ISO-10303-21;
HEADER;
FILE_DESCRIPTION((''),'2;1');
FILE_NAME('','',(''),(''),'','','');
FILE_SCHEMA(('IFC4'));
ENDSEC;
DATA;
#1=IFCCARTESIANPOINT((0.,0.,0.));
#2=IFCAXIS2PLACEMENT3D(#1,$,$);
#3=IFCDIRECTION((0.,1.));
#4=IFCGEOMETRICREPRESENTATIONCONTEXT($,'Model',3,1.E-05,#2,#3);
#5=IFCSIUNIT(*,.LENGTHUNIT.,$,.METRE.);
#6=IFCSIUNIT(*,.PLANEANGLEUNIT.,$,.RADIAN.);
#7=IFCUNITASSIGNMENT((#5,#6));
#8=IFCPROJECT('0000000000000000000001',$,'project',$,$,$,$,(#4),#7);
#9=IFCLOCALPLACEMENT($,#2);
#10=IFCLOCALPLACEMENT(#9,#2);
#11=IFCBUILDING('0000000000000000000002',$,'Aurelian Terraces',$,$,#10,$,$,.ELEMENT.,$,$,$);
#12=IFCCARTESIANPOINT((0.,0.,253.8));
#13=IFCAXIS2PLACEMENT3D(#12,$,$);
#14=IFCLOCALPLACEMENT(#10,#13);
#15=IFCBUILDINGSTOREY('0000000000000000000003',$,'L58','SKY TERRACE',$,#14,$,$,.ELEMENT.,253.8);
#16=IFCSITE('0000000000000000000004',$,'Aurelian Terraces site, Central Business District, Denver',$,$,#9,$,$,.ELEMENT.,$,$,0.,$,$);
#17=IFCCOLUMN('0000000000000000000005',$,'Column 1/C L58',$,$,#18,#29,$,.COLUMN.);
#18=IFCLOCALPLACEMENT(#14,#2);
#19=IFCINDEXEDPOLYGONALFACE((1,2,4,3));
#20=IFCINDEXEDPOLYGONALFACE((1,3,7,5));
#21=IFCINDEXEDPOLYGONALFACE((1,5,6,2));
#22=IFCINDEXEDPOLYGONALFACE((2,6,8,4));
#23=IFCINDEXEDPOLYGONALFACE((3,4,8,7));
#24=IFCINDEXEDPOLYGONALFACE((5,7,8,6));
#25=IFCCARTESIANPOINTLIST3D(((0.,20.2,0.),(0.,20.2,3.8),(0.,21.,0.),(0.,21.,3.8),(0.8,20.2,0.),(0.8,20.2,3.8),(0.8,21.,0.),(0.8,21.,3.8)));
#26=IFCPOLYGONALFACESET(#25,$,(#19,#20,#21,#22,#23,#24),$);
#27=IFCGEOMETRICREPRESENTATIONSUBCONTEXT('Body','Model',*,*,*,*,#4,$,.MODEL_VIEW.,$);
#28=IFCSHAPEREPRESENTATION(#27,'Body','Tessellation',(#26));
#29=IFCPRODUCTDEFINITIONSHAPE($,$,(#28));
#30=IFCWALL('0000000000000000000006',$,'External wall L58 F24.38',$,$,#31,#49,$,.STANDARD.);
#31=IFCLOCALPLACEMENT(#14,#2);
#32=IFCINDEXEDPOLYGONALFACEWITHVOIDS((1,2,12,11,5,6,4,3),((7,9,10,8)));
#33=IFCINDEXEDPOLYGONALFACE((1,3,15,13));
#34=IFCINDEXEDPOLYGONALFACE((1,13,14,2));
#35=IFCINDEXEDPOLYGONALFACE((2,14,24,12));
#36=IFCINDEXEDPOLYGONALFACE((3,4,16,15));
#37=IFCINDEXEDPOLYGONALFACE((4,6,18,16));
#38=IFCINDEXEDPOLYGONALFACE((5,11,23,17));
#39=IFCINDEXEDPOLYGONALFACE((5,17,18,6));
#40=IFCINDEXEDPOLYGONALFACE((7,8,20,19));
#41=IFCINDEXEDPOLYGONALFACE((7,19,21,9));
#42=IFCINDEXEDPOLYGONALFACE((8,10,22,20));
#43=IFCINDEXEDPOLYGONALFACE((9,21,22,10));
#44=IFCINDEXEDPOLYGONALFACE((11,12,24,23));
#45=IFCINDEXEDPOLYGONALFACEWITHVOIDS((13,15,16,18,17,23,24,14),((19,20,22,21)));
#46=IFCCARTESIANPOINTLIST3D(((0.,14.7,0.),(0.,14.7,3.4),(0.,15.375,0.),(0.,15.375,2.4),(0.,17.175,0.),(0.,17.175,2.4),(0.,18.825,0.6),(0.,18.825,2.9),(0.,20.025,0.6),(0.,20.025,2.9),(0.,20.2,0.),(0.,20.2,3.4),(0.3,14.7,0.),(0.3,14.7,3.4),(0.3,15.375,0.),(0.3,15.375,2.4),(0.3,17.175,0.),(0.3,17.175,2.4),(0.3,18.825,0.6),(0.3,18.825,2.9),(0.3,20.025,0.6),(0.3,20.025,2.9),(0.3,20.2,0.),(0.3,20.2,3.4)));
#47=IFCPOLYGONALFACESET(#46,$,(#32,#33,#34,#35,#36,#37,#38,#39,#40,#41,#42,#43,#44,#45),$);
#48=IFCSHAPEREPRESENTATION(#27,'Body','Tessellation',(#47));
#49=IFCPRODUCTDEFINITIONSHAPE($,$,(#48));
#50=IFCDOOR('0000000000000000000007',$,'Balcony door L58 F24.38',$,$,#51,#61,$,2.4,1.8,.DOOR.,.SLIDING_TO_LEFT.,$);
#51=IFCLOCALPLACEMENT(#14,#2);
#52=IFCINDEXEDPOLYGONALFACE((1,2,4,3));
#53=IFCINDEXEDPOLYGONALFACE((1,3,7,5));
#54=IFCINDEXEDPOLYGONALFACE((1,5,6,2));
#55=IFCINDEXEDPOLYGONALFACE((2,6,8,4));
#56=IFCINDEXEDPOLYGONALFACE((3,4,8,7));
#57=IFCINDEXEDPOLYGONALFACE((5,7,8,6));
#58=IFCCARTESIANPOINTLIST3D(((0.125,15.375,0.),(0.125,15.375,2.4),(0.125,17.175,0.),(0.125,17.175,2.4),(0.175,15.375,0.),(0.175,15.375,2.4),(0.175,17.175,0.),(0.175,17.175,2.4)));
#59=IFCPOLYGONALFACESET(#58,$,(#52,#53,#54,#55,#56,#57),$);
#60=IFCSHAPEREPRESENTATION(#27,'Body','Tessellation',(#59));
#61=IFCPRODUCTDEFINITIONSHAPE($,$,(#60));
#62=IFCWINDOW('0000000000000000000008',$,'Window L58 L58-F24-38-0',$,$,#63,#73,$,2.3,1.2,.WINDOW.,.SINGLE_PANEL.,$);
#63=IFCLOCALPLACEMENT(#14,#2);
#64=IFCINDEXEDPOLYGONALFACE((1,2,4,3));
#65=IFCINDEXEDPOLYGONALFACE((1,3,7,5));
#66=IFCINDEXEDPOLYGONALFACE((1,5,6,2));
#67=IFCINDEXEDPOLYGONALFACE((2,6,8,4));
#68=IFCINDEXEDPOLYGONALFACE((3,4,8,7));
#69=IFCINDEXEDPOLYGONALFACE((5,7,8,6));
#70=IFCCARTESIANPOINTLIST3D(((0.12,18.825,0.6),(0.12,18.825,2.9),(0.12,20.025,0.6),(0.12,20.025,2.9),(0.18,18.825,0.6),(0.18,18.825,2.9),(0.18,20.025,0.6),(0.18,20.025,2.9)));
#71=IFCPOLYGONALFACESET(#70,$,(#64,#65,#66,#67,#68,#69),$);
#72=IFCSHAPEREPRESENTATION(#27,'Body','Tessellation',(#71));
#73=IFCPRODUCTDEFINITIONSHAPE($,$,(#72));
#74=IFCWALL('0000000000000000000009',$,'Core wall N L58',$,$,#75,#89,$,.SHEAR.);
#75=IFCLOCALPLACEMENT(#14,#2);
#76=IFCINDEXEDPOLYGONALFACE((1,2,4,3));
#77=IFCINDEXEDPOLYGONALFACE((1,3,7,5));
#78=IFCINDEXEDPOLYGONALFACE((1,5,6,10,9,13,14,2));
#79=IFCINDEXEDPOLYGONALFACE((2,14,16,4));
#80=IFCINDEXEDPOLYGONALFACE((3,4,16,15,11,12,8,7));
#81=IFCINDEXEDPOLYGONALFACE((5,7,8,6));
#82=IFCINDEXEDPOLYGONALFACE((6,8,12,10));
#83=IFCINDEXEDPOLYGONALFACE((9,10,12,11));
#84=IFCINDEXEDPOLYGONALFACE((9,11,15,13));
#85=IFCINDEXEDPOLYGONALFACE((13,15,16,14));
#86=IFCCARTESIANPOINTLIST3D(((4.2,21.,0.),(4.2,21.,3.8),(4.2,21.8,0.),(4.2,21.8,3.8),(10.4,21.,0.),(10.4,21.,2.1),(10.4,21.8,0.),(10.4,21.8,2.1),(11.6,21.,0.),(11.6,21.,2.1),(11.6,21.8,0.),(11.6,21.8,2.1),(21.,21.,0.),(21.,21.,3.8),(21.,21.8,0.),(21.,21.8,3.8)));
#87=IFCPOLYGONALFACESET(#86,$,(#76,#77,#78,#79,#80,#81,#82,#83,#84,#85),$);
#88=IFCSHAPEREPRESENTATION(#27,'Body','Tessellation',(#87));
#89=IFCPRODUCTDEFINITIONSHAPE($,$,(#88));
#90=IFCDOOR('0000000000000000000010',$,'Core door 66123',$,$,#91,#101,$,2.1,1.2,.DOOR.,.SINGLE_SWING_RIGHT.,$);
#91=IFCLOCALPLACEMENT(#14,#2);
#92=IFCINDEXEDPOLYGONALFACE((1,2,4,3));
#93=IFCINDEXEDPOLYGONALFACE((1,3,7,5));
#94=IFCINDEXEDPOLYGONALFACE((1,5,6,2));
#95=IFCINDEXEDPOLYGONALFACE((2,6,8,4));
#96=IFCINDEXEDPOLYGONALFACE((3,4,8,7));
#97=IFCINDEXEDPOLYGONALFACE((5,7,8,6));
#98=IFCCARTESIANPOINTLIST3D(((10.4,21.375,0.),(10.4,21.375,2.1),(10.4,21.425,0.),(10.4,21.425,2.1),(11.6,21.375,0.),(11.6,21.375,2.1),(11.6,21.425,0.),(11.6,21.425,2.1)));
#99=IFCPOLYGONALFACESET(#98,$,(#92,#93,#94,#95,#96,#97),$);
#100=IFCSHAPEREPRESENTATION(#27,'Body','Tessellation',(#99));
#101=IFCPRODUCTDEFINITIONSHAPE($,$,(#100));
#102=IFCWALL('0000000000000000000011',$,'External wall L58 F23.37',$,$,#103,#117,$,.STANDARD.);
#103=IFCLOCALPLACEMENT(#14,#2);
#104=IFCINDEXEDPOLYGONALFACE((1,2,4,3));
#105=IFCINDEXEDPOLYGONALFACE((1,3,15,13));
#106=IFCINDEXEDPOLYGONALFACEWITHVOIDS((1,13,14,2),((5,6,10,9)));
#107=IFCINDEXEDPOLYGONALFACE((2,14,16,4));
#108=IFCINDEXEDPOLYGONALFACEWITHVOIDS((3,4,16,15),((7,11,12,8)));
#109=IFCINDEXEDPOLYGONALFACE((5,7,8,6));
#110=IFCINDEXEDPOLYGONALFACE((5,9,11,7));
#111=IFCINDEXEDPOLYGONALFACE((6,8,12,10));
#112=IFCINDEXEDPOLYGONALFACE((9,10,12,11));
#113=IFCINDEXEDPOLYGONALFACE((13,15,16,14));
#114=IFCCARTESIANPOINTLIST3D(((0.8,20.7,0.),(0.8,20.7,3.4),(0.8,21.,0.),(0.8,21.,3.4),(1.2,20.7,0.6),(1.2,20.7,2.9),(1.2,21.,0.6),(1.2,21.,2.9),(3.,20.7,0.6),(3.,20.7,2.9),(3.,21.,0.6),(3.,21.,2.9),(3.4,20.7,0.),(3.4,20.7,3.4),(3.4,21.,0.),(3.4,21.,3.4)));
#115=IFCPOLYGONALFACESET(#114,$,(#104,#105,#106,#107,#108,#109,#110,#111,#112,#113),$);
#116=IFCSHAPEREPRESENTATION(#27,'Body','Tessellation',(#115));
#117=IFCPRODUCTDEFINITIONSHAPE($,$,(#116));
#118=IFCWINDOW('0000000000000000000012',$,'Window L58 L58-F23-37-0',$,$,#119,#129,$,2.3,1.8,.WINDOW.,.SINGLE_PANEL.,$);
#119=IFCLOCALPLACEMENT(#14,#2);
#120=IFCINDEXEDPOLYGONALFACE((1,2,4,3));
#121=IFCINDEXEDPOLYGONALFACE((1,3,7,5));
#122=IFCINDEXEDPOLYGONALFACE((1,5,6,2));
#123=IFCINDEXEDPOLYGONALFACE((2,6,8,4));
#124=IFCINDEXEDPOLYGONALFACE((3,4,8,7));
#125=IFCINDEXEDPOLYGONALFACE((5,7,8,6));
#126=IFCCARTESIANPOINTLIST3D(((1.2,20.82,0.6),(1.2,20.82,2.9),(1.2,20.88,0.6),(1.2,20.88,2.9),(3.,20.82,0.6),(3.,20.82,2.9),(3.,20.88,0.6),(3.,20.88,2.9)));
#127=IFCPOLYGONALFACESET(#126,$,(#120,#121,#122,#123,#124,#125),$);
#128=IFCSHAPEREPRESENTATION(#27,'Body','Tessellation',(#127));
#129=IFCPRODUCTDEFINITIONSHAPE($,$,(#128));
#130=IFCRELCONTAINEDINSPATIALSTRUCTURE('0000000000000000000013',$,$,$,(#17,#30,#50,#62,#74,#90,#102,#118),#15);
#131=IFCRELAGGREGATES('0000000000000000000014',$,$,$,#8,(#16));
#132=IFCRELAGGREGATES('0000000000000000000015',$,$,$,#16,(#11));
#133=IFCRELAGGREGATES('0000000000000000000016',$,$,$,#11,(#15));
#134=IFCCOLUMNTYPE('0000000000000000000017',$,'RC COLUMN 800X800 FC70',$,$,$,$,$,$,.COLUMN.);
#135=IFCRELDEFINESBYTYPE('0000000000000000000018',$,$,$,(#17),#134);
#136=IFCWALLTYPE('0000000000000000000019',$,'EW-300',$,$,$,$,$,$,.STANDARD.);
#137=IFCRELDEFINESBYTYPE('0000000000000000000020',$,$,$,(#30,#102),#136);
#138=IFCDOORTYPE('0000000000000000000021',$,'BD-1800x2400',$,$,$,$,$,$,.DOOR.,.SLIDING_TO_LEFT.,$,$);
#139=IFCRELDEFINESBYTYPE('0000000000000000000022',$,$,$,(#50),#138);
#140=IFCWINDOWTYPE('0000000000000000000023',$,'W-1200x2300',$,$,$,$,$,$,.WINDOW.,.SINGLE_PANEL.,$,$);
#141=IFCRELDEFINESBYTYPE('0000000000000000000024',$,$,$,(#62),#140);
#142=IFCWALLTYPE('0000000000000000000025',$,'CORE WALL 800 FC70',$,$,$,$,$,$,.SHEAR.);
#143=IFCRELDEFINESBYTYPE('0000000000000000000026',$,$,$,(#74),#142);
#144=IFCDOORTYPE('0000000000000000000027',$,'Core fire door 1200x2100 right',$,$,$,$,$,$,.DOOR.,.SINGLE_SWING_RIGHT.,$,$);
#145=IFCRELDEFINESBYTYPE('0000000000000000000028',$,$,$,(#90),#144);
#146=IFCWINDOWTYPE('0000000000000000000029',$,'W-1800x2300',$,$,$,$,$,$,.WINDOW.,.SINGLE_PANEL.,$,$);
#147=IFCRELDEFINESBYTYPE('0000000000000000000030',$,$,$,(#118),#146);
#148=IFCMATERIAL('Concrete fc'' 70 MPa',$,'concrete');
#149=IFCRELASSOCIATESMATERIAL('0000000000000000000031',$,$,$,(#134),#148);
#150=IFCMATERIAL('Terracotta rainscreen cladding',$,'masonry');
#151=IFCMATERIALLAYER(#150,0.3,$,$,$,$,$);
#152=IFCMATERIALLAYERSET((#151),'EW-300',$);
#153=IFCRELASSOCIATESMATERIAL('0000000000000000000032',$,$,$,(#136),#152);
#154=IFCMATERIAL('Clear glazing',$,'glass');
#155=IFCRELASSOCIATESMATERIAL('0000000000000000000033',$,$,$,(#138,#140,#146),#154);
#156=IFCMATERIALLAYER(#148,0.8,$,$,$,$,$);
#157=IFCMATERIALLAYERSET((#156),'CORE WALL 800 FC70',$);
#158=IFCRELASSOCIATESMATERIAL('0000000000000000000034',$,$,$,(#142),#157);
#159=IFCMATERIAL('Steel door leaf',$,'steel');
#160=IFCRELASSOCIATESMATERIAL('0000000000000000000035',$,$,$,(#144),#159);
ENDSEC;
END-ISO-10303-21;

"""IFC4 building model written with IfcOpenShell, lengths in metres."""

from ifc_helpers import new_model, si_unit, direction, frame, frame_2d, origin, origin_2d, place, context, subcontext, project, spatial, rectangle, extrude, source, transform, mapped, material, layer, layer_set, material_profile, profile_set, type_object, element, fill, save


model = new_model("IFC4")

# Units and contexts
model_context = context("Model", 3, precision=1e-05, world=origin(), true_north=direction((0.0, 1.0)))
body_context = subcontext(model_context, "Body", "Model", "MODEL_VIEW")
ifc_project = project(units=[si_unit("LENGTHUNIT", "METRE"), si_unit("PLANEANGLEUNIT", "RADIAN")], contexts=[model_context])

# Site, building, storey
site_placement = place(None, origin())
site = spatial("IfcSite", under=ifc_project, at=site_placement, Name="Aurelian Terraces site, Central Business District, Denver", CompositionType="ELEMENT", RefElevation=0.0)
building_placement = place(site_placement, origin())
building = spatial("IfcBuilding", under=site, at=building_placement, Name="Aurelian Terraces", CompositionType="ELEMENT")
storey_placement = place(building_placement, frame((0.0, 0.0, 253.8)))
storey = spatial("IfcBuildingStorey", under=building, at=storey_placement, Name="L58", Description="SKY TERRACE", CompositionType="ELEMENT", Elevation=253.8)

# Column
ifc_material_1 = material(Name="Concrete fc' 70 MPa", Category="concrete")
ifc_material_profile = material_profile(ifc_material_1, rectangle(XDim=0.8, YDim=0.8, at=origin_2d()))
ifc_profile_set = profile_set([ifc_material_profile], Name="Concrete fc' 70 MPa")
column_type = type_object("IfcColumnType", Name="RC COLUMN 800X800 FC70", PredefinedType="COLUMN", material=ifc_profile_set)
shared_shape_1 = source(origin(), body_context, "Body", "SweptSolid", [
    extrude(rectangle(XDim=0.8, YDim=0.8, at=origin_2d()), origin(), (0.0, 0.0, 1.0), 3.8),
])
column_placement = place(storey_placement, frame((0.4, 20.6, 0.0), z_axis=(0.0, 0.0, 1.0), x_axis=(1.0, 0.0, 0.0)))
element("IfcColumn", 1, at=column_placement, inside=storey, type_object=column_type, Name="Column 1/C L58", PredefinedType="COLUMN", context=body_context, shape_type="MappedRepresentation", body=[
    mapped(shared_shape_1, transform((0.0, 0.0, 0.0), scale=1.0)),
])

# Wall, openings, door, window
ifc_material_2 = material(Name="Terracotta rainscreen cladding", Category="masonry")
ifc_layer_1 = layer(ifc_material_2, 0.3)
ifc_layer_set_1 = layer_set([ifc_layer_1], Name="EW-300")
wall_type_1 = type_object("IfcWallType", Name="EW-300", PredefinedType="STANDARD", material=ifc_layer_set_1)
wall_1_placement = place(storey_placement, frame((0.15, 20.2, 0.0), z_axis=(0.0, 0.0, 1.0), x_axis=(0.0, -1.0, 0.0)))
wall_1 = element("IfcWall", 2, at=wall_1_placement, inside=storey, type_object=wall_type_1, Name="External wall L58 F24.38", PredefinedType="STANDARD", context=body_context, shape_type="SweptSolid", body=[
    extrude(rectangle(XDim=5.5, YDim=0.3, at=frame_2d((2.75, 0.0))), origin(), (0.0, 0.0, 1.0), 3.4),
])
shared_shape_2 = source(origin(), body_context, "Body", "SweptSolid", [
    extrude(rectangle(XDim=1.8, YDim=2.4, at=frame_2d((0.9, 1.2))), frame((0.0, 0.16, 0.0), z_axis=(0.0, -1.0, 0.0), x_axis=(1.0, 0.0, 0.0)), (0.0, 0.0, 1.0), 0.32),
])
opening_1_placement = place(wall_1_placement, frame((3.025, 0.0, 0.0)))
opening_1 = element("IfcOpeningElement", 3, at=opening_1_placement, cuts=wall_1, PredefinedType="OPENING", context=body_context, shape_type="MappedRepresentation", body=[
    mapped(shared_shape_2, transform((0.0, 0.0, 0.0), scale=1.0)),
])
shared_shape_3 = source(origin(), body_context, "Body", "SweptSolid", [
    extrude(rectangle(XDim=1.2, YDim=2.3, at=frame_2d((0.6, 1.15))), frame((0.0, 0.16, 0.0), z_axis=(0.0, -1.0, 0.0), x_axis=(1.0, 0.0, 0.0)), (0.0, 0.0, 1.0), 0.32),
])
opening_2_placement = place(wall_1_placement, frame((0.175, 0.0, 0.6)))
opening_2 = element("IfcOpeningElement", 4, at=opening_2_placement, cuts=wall_1, PredefinedType="OPENING", context=body_context, shape_type="MappedRepresentation", body=[
    mapped(shared_shape_3, transform((0.0, 0.0, 0.0), scale=1.0)),
])
ifc_material_3 = material(Name="Clear glazing", Category="glass")
door_type_1 = type_object("IfcDoorType", Name="BD-1800x2400", OperationType="SLIDING_TO_LEFT", PredefinedType="DOOR", material=ifc_material_3)
shared_shape_4 = source(origin(), body_context, "Body", "SweptSolid", [
    extrude(rectangle(XDim=1.8, YDim=2.4, at=frame_2d((0.9, 1.2))), frame((0.0, 0.025, 0.0), z_axis=(0.0, -1.0, 0.0), x_axis=(1.0, 0.0, 0.0)), (0.0, 0.0, 1.0), 0.05),
])
door_1_placement = place(opening_1_placement, origin())
door_1 = element("IfcDoor", 5, at=door_1_placement, inside=storey, type_object=door_type_1, Name="Balcony door L58 F24.38", OperationType="SLIDING_TO_LEFT", OverallHeight=2.4, OverallWidth=1.8, PredefinedType="DOOR", context=body_context, shape_type="MappedRepresentation", body=[
    mapped(shared_shape_4, transform((0.0, 0.0, 0.0), scale=1.0)),
])
fill(opening_1, door_1)
window_type_1 = type_object("IfcWindowType", Name="W-1200x2300", PartitioningType="SINGLE_PANEL", PredefinedType="WINDOW", material=ifc_material_3)
shared_shape_5 = source(origin(), body_context, "Body", "SweptSolid", [
    extrude(rectangle(XDim=1.2, YDim=2.3, at=frame_2d((0.6, 1.15))), frame((0.0, 0.03, 0.0), z_axis=(0.0, -1.0, 0.0), x_axis=(1.0, 0.0, 0.0)), (0.0, 0.0, 1.0), 0.06),
])
window_1_placement = place(opening_2_placement, origin())
window_1 = element("IfcWindow", 6, at=window_1_placement, inside=storey, type_object=window_type_1, Name="Window L58 L58-F24-38-0", OverallHeight=2.3, OverallWidth=1.2, PartitioningType="SINGLE_PANEL", PredefinedType="WINDOW", context=body_context, shape_type="MappedRepresentation", body=[
    mapped(shared_shape_5, transform((0.0, 0.0, 0.0), scale=1.0)),
])
fill(opening_2, window_1)

# Wall, opening, door
ifc_layer_2 = layer(ifc_material_1, 0.8)
ifc_layer_set_2 = layer_set([ifc_layer_2], Name="CORE WALL 800 FC70")
wall_type_2 = type_object("IfcWallType", Name="CORE WALL 800 FC70", PredefinedType="SHEAR", material=ifc_layer_set_2)
shared_shape_6 = source(origin(), body_context, "Body", "SweptSolid", [
    extrude(rectangle(XDim=16.8, YDim=0.8, at=frame_2d((8.4, 0.0))), origin(), (0.0, 0.0, 1.0), 3.8),
])
wall_2_placement = place(storey_placement, frame((4.2, 21.4, 0.0), z_axis=(0.0, 0.0, 1.0), x_axis=(1.0, 0.0, 0.0)))
wall_2 = element("IfcWall", 7, at=wall_2_placement, inside=storey, type_object=wall_type_2, Name="Core wall N L58", PredefinedType="SHEAR", context=body_context, shape_type="MappedRepresentation", body=[
    mapped(shared_shape_6, transform((0.0, 0.0, 0.0), scale=1.0)),
])
shared_shape_7 = source(origin(), body_context, "Body", "SweptSolid", [
    extrude(rectangle(XDim=1.2, YDim=2.1, at=frame_2d((0.6, 1.05))), frame((0.0, 0.41, 0.0), z_axis=(0.0, -1.0, 0.0), x_axis=(1.0, 0.0, 0.0)), (0.0, 0.0, 1.0), 0.82),
])
opening_3_placement = place(wall_2_placement, frame((6.2, 0.0, 0.0)))
opening_3 = element("IfcOpeningElement", 8, at=opening_3_placement, cuts=wall_2, PredefinedType="OPENING", context=body_context, shape_type="MappedRepresentation", body=[
    mapped(shared_shape_7, transform((0.0, 0.0, 0.0), scale=1.0)),
])
ifc_material_4 = material(Name="Steel door leaf", Category="steel")
door_type_2 = type_object("IfcDoorType", Name="Core fire door 1200x2100 right", OperationType="SINGLE_SWING_RIGHT", PredefinedType="DOOR", material=ifc_material_4)
shared_shape_8 = source(origin(), body_context, "Body", "SweptSolid", [
    extrude(rectangle(XDim=1.2, YDim=2.1, at=frame_2d((0.6, 1.05))), frame((0.0, 0.025, 0.0), z_axis=(0.0, -1.0, 0.0), x_axis=(1.0, 0.0, 0.0)), (0.0, 0.0, 1.0), 0.05),
])
door_2_placement = place(opening_3_placement, origin())
door_2 = element("IfcDoor", 9, at=door_2_placement, inside=storey, type_object=door_type_2, Name="Core door 66123", OperationType="SINGLE_SWING_RIGHT", OverallHeight=2.1, OverallWidth=1.2, PredefinedType="DOOR", context=body_context, shape_type="MappedRepresentation", body=[
    mapped(shared_shape_8, transform((0.0, 0.0, 0.0), scale=1.0)),
])
fill(opening_3, door_2)

# Wall, opening, window
shared_shape_9 = source(origin(), body_context, "Body", "SweptSolid", [
    extrude(rectangle(XDim=2.6, YDim=0.3, at=frame_2d((1.3, 0.0))), origin(), (0.0, 0.0, 1.0), 3.4),
])
wall_3_placement = place(storey_placement, frame((3.4, 20.85, 0.0), z_axis=(0.0, 0.0, 1.0), x_axis=(-1.0, 0.0, 0.0)))
wall_3 = element("IfcWall", 10, at=wall_3_placement, inside=storey, type_object=wall_type_1, Name="External wall L58 F23.37", PredefinedType="STANDARD", context=body_context, shape_type="MappedRepresentation", body=[
    mapped(shared_shape_9, transform((0.0, 0.0, 0.0), scale=1.0)),
])
shared_shape_10 = source(origin(), body_context, "Body", "SweptSolid", [
    extrude(rectangle(XDim=1.8, YDim=2.3, at=frame_2d((0.9, 1.15))), frame((0.0, 0.16, 0.0), z_axis=(0.0, -1.0, 0.0), x_axis=(1.0, 0.0, 0.0)), (0.0, 0.0, 1.0), 0.32),
])
opening_4_placement = place(wall_3_placement, frame((0.4, 0.0, 0.6)))
opening_4 = element("IfcOpeningElement", 11, at=opening_4_placement, cuts=wall_3, PredefinedType="OPENING", context=body_context, shape_type="MappedRepresentation", body=[
    mapped(shared_shape_10, transform((0.0, 0.0, 0.0), scale=1.0)),
])
window_type_2 = type_object("IfcWindowType", Name="W-1800x2300", PartitioningType="SINGLE_PANEL", PredefinedType="WINDOW", material=ifc_material_3)
shared_shape_11 = source(origin(), body_context, "Body", "SweptSolid", [
    extrude(rectangle(XDim=1.8, YDim=2.3, at=frame_2d((0.9, 1.15))), frame((0.0, 0.03, 0.0), z_axis=(0.0, -1.0, 0.0), x_axis=(1.0, 0.0, 0.0)), (0.0, 0.0, 1.0), 0.06),
])
window_2_placement = place(opening_4_placement, origin())
window_2 = element("IfcWindow", 12, at=window_2_placement, inside=storey, type_object=window_type_2, Name="Window L58 L58-F23-37-0", OverallHeight=2.3, OverallWidth=1.8, PartitioningType="SINGLE_PANEL", PredefinedType="WINDOW", context=body_context, shape_type="MappedRepresentation", body=[
    mapped(shared_shape_11, transform((0.0, 0.0, 0.0), scale=1.0)),
])
fill(opening_4, window_2)

save(model, "model.ifc")
